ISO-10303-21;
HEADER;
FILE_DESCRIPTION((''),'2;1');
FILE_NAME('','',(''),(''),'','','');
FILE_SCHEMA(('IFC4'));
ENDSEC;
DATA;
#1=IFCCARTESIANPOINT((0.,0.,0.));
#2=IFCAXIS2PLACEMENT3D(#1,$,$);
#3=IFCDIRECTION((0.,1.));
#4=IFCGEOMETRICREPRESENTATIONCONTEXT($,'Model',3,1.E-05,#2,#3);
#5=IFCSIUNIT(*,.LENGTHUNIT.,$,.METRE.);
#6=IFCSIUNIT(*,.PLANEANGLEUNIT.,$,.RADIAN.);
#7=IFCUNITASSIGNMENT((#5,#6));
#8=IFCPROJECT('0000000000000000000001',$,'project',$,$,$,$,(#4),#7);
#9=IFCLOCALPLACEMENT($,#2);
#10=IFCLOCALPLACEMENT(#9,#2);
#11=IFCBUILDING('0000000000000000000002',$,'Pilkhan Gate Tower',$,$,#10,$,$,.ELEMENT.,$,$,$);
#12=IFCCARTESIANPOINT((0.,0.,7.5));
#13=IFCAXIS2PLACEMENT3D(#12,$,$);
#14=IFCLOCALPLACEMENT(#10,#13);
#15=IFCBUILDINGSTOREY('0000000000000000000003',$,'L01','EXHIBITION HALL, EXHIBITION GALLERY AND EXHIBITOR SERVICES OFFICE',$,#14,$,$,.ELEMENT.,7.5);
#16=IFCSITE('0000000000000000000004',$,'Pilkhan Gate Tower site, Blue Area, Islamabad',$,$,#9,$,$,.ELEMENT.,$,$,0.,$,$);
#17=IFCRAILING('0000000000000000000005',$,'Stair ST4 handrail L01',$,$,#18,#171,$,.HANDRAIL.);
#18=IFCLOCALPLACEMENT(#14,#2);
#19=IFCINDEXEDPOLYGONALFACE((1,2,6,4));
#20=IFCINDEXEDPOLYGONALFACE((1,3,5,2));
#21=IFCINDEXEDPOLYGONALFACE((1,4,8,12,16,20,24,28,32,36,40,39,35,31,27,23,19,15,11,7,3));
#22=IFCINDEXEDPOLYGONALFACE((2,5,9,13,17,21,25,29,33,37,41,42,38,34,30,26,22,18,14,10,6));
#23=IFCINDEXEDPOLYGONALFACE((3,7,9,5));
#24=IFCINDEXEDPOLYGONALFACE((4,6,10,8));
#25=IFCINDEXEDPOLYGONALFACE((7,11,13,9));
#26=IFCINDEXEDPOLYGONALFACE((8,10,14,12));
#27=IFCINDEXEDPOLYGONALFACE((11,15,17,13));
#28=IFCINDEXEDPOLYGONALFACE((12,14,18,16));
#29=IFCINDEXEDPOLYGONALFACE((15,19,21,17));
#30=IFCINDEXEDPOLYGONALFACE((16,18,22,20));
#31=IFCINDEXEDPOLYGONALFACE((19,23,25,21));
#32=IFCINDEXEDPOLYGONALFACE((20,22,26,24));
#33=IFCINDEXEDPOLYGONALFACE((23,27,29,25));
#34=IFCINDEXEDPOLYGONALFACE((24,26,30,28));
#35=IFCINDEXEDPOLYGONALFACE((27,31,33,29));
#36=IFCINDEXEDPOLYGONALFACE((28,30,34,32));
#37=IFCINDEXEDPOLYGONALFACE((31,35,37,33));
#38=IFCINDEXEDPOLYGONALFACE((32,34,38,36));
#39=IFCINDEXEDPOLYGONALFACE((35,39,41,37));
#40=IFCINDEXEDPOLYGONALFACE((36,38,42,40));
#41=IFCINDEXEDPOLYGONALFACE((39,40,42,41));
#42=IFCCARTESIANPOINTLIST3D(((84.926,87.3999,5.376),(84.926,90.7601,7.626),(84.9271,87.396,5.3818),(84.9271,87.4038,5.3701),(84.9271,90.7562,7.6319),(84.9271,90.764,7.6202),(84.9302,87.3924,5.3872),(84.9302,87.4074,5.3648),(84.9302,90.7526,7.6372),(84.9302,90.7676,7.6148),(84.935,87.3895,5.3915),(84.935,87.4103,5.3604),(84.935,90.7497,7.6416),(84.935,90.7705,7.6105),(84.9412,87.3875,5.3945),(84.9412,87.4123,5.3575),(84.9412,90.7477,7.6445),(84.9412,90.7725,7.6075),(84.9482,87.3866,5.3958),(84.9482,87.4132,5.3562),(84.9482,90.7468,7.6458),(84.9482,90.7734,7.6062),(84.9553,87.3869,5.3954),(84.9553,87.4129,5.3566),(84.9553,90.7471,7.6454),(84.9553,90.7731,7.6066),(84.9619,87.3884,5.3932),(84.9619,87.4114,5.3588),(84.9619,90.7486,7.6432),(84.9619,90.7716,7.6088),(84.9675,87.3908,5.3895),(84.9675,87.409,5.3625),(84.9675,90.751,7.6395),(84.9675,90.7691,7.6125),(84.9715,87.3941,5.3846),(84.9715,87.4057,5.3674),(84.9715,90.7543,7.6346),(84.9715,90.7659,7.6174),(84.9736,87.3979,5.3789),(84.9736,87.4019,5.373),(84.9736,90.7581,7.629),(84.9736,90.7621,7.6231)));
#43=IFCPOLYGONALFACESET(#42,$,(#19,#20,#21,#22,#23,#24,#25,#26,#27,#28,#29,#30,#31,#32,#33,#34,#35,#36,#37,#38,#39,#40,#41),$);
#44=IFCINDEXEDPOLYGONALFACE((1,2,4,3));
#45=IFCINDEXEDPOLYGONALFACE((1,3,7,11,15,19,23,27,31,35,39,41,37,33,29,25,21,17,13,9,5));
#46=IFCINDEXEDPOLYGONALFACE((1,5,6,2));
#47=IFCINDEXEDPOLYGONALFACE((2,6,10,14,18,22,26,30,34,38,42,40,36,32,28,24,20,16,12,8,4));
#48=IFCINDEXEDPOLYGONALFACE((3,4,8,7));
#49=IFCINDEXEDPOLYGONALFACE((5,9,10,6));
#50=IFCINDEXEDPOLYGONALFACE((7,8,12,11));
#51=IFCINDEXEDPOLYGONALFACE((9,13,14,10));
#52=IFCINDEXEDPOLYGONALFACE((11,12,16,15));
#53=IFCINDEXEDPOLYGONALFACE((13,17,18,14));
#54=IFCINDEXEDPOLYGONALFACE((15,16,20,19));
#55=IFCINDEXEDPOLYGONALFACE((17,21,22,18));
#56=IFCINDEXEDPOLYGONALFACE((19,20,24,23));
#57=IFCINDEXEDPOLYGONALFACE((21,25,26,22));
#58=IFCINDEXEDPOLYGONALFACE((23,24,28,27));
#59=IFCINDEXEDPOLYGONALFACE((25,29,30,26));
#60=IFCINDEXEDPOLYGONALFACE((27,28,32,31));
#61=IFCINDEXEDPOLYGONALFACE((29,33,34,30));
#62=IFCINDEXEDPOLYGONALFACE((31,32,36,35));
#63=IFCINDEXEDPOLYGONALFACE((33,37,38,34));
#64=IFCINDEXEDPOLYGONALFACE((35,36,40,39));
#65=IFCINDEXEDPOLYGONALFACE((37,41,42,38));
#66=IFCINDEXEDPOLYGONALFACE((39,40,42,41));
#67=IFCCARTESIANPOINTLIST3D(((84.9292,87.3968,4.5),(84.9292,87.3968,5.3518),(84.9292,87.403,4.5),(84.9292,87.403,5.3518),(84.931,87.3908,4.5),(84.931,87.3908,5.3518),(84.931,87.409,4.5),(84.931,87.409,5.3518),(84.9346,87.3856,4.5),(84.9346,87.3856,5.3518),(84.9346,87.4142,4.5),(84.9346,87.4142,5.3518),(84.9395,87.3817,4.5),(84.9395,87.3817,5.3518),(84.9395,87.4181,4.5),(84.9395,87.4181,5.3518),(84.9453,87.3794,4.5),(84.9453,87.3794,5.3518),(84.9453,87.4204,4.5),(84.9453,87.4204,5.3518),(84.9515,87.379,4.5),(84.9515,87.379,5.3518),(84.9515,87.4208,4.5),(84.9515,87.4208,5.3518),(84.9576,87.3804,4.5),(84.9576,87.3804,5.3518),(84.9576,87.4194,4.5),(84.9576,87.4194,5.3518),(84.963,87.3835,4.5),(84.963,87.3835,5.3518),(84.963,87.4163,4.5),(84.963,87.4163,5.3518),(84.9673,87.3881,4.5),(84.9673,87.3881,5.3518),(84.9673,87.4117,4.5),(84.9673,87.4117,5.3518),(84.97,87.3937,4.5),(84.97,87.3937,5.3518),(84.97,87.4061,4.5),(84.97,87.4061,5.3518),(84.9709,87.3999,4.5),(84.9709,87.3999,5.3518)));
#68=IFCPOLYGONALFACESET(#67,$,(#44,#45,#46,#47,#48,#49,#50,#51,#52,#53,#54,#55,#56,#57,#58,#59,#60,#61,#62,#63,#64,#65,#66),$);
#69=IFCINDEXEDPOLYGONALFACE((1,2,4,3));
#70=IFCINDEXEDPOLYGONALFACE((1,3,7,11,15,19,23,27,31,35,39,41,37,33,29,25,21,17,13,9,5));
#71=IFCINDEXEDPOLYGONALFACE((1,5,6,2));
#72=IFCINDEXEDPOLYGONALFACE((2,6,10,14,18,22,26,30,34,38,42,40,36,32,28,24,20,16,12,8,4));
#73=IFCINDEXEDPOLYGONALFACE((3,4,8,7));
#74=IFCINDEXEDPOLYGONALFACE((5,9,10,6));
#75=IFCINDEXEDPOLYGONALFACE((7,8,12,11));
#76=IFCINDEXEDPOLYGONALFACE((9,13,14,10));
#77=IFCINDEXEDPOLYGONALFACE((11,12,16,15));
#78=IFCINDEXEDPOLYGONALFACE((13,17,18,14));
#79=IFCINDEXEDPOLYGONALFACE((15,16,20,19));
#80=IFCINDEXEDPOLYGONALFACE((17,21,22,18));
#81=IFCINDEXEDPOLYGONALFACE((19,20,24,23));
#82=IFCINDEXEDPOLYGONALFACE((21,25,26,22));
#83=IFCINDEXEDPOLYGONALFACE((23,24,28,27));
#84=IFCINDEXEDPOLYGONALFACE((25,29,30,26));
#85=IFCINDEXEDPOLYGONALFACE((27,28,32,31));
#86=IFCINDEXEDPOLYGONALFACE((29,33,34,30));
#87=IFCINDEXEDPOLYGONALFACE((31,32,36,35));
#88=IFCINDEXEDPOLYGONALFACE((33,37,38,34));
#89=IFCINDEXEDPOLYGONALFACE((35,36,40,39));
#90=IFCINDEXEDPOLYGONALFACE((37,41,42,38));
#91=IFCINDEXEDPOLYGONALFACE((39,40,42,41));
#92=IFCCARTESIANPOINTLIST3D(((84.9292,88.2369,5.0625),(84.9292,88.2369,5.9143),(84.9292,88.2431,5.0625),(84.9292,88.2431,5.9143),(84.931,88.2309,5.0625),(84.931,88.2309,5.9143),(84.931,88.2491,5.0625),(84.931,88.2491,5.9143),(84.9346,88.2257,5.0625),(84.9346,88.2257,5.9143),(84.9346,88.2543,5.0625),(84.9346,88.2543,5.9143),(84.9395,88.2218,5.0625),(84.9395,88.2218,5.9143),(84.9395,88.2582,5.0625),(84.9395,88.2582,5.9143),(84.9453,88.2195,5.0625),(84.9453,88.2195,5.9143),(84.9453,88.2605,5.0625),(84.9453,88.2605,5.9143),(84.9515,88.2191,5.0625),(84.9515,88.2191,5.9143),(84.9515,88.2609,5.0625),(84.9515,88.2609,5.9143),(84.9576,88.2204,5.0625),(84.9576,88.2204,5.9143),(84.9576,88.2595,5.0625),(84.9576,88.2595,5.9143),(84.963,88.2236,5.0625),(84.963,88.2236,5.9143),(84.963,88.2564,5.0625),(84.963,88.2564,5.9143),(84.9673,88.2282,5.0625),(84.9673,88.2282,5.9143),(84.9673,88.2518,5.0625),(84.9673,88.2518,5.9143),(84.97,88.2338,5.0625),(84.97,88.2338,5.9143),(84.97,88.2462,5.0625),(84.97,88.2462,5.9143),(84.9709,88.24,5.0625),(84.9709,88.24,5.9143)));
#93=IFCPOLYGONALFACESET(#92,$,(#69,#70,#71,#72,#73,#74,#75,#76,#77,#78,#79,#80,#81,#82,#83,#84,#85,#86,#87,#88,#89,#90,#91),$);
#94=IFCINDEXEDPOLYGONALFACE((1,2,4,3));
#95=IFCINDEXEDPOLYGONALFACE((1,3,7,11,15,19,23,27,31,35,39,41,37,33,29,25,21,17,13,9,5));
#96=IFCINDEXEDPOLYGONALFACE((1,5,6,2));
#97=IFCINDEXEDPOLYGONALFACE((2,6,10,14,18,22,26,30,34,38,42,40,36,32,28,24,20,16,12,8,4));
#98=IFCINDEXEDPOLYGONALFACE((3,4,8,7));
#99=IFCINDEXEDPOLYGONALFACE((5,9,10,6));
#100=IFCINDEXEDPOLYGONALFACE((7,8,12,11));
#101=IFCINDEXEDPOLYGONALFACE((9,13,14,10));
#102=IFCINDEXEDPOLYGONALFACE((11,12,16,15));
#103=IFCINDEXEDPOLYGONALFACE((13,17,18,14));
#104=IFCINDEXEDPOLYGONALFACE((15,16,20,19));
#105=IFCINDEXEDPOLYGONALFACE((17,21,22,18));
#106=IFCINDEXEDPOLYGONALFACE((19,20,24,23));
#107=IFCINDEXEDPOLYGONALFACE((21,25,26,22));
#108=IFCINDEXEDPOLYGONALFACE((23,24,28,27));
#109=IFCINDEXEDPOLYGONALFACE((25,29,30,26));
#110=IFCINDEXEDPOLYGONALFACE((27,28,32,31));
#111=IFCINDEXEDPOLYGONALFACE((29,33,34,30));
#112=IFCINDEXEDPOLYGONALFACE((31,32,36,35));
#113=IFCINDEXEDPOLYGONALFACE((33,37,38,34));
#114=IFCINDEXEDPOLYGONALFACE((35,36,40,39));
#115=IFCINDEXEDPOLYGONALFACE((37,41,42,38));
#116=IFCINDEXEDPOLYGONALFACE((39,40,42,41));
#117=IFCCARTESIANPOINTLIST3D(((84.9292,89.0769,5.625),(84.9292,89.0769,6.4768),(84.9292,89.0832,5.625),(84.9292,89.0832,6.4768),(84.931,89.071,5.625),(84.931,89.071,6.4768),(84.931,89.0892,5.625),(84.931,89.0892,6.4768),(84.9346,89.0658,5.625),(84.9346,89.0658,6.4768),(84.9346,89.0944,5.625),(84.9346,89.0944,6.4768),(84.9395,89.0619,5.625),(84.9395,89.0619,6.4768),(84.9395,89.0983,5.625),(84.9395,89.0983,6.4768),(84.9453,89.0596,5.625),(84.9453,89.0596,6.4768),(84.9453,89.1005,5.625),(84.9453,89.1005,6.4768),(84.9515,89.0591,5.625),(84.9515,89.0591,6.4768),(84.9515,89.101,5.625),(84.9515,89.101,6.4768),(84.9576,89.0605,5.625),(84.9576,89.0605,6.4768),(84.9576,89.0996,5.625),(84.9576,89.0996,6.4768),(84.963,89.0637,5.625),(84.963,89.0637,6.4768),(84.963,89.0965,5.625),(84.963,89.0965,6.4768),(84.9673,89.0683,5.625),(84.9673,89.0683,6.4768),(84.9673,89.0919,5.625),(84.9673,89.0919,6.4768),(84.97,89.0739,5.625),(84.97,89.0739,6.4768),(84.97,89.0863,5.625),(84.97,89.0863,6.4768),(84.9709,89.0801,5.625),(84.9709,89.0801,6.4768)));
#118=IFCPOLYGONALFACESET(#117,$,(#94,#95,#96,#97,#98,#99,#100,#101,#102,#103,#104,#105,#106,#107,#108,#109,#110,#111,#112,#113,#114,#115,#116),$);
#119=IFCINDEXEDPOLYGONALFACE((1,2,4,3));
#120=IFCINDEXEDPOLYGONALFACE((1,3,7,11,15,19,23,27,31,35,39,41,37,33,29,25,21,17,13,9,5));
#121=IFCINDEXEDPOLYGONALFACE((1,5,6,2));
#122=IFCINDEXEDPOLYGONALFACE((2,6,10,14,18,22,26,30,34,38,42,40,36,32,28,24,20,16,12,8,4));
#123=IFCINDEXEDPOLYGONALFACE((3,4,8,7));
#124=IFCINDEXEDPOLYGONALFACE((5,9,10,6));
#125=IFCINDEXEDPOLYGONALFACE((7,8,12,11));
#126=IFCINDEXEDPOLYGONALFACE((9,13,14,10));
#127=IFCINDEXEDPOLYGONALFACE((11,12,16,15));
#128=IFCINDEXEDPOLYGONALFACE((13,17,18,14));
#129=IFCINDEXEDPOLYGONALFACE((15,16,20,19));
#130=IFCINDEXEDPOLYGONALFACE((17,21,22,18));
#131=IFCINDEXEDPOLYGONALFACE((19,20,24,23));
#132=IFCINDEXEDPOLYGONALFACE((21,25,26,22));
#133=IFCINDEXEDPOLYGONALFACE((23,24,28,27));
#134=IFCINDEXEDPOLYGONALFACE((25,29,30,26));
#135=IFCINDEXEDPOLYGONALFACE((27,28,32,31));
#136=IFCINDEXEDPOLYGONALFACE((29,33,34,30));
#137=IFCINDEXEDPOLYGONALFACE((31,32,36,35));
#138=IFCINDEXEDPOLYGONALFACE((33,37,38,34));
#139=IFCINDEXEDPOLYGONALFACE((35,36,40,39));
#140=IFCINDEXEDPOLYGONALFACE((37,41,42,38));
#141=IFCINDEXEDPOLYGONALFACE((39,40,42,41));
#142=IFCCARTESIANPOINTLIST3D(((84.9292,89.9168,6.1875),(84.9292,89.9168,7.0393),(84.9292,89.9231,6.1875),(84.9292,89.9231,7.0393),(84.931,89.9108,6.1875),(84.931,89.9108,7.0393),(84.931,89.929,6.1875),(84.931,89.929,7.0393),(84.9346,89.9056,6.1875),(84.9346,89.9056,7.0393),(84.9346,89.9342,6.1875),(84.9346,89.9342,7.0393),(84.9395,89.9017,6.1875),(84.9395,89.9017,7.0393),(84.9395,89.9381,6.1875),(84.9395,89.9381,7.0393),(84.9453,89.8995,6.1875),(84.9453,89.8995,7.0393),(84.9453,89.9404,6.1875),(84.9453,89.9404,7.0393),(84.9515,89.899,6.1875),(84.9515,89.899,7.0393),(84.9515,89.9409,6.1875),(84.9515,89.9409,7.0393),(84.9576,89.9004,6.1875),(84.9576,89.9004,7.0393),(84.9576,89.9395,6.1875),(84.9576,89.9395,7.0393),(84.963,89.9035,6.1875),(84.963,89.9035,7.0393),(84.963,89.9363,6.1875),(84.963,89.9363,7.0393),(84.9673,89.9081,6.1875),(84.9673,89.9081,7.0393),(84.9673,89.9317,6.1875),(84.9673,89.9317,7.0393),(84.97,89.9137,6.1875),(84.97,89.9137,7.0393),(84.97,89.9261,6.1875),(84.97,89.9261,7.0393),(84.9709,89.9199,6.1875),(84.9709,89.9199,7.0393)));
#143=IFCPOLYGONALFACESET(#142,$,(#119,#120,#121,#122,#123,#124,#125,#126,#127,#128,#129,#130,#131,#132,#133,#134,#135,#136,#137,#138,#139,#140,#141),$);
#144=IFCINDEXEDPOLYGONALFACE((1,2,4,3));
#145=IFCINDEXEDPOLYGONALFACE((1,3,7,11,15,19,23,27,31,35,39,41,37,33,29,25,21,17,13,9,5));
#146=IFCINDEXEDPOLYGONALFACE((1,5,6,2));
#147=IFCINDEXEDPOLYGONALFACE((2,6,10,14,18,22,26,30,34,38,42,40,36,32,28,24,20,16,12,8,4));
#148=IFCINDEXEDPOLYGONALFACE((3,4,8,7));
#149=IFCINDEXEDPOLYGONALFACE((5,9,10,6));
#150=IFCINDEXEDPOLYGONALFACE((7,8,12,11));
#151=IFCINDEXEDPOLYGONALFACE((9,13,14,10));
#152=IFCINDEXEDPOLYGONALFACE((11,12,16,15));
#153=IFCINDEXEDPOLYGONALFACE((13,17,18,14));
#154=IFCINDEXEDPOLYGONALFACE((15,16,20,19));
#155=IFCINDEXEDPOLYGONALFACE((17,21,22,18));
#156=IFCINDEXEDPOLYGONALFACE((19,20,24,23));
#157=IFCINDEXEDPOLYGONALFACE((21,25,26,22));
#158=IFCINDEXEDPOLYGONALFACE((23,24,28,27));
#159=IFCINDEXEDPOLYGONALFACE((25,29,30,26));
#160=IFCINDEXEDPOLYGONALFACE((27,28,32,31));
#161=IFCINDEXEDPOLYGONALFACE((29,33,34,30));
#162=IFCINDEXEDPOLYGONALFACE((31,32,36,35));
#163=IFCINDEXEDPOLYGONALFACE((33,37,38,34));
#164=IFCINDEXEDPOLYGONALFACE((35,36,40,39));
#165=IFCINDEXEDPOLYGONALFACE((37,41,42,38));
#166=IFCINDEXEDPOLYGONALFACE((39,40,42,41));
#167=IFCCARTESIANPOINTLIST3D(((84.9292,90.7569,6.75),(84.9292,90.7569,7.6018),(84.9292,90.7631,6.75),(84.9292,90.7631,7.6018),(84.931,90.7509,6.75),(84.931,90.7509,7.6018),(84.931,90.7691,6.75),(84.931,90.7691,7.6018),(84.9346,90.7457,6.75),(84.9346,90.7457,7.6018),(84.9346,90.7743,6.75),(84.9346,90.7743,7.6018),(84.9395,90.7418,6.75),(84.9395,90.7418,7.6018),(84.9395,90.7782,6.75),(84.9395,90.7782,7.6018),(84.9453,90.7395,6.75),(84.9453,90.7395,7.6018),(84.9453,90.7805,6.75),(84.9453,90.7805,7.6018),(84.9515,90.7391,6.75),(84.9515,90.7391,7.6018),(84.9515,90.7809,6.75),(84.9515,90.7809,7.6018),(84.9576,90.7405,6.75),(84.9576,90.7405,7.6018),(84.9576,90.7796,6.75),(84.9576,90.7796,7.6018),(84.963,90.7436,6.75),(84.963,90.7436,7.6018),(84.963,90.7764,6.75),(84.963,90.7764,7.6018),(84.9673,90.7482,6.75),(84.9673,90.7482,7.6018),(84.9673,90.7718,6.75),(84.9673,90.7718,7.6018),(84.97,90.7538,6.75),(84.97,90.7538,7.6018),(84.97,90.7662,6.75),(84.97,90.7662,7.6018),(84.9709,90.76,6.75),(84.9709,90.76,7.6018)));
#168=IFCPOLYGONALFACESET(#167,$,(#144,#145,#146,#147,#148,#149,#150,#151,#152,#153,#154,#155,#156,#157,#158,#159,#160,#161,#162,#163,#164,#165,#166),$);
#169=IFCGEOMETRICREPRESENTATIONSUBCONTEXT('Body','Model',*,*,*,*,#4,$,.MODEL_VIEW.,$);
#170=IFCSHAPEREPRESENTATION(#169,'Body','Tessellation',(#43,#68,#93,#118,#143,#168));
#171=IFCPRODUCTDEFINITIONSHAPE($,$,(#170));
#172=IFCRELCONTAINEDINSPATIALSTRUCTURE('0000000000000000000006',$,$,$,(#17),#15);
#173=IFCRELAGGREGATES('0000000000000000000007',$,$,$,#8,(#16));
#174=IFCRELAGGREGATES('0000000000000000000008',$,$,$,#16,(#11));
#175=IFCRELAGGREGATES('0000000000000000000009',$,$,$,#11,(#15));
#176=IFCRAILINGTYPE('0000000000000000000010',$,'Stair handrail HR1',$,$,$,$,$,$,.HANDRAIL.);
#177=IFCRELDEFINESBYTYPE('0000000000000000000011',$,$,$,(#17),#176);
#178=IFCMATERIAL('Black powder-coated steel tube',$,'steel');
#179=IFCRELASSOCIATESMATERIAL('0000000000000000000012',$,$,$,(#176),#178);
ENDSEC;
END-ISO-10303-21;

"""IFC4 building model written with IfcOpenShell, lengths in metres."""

from ifc_helpers import new_model, si_unit, direction, frame, origin, origin_2d, place, context, subcontext, project, spatial, circle, extrude, material, type_object, element, save


model = new_model("IFC4")

# Units and contexts
model_context = context("Model", 3, precision=1e-05, world=origin(), true_north=direction((0.0, 1.0)))
body_context = subcontext(model_context, "Body", "Model", "MODEL_VIEW")
ifc_project = project(units=[si_unit("LENGTHUNIT", "METRE"), si_unit("PLANEANGLEUNIT", "RADIAN")], contexts=[model_context])

# Site, building, storey
site_placement = place(None, origin())
site = spatial("IfcSite", under=ifc_project, at=site_placement, Name="Pilkhan Gate Tower site, Blue Area, Islamabad", CompositionType="ELEMENT", RefElevation=0.0)
building_placement = place(site_placement, origin())
building = spatial("IfcBuilding", under=site, at=building_placement, Name="Pilkhan Gate Tower", CompositionType="ELEMENT")
storey_placement = place(building_placement, frame((0.0, 0.0, 7.5)))
storey = spatial("IfcBuildingStorey", under=building, at=storey_placement, Name="L01", Description="EXHIBITION HALL, EXHIBITION GALLERY AND EXHIBITOR SERVICES OFFICE", CompositionType="ELEMENT", Elevation=7.5)

# Railing
ifc_material_1 = material(Name="Black powder-coated steel tube", Category="steel")
railing_type = type_object("IfcRailingType", Name="Stair handrail HR1", PredefinedType="HANDRAIL", material=ifc_material_1)
for number, where, name in (
    (1, (84.95, 87.3999, 4.5), "Stair ST4 handrail L01"),
):
    element("IfcRailing", number, at=place(storey_placement, frame(where)), inside=storey, type_object=railing_type, Name=name, PredefinedType="HANDRAIL", context=body_context, shape_type="SweptSolid", body=[
        extrude(circle(Radius=0.0239, at=origin_2d()), frame((0.0, 0.0, 0.876), z_axis=(0.0, 0.830915, 0.556399), x_axis=(-1.0, 0.0, 0.0)), (0.0, 0.0, 1.0), 4.0439),
        extrude(circle(Radius=0.021, at=origin_2d()), origin(), (0.0, 0.0, 1.0), 0.8518),
        extrude(circle(Radius=0.021, at=origin_2d()), frame((0.0, 0.8401, 0.5625)), (0.0, 0.0, 1.0), 0.8518),
        extrude(circle(Radius=0.021, at=origin_2d()), frame((0.0, 1.6802, 1.125)), (0.0, 0.0, 1.0), 0.8518),
        extrude(circle(Radius=0.021, at=origin_2d()), frame((0.0, 2.52, 1.6875)), (0.0, 0.0, 1.0), 0.8518),
        extrude(circle(Radius=0.021, at=origin_2d()), frame((0.0, 3.3601, 2.25)), (0.0, 0.0, 1.0), 0.8518),
    ])

save(model, "model.ifc")
